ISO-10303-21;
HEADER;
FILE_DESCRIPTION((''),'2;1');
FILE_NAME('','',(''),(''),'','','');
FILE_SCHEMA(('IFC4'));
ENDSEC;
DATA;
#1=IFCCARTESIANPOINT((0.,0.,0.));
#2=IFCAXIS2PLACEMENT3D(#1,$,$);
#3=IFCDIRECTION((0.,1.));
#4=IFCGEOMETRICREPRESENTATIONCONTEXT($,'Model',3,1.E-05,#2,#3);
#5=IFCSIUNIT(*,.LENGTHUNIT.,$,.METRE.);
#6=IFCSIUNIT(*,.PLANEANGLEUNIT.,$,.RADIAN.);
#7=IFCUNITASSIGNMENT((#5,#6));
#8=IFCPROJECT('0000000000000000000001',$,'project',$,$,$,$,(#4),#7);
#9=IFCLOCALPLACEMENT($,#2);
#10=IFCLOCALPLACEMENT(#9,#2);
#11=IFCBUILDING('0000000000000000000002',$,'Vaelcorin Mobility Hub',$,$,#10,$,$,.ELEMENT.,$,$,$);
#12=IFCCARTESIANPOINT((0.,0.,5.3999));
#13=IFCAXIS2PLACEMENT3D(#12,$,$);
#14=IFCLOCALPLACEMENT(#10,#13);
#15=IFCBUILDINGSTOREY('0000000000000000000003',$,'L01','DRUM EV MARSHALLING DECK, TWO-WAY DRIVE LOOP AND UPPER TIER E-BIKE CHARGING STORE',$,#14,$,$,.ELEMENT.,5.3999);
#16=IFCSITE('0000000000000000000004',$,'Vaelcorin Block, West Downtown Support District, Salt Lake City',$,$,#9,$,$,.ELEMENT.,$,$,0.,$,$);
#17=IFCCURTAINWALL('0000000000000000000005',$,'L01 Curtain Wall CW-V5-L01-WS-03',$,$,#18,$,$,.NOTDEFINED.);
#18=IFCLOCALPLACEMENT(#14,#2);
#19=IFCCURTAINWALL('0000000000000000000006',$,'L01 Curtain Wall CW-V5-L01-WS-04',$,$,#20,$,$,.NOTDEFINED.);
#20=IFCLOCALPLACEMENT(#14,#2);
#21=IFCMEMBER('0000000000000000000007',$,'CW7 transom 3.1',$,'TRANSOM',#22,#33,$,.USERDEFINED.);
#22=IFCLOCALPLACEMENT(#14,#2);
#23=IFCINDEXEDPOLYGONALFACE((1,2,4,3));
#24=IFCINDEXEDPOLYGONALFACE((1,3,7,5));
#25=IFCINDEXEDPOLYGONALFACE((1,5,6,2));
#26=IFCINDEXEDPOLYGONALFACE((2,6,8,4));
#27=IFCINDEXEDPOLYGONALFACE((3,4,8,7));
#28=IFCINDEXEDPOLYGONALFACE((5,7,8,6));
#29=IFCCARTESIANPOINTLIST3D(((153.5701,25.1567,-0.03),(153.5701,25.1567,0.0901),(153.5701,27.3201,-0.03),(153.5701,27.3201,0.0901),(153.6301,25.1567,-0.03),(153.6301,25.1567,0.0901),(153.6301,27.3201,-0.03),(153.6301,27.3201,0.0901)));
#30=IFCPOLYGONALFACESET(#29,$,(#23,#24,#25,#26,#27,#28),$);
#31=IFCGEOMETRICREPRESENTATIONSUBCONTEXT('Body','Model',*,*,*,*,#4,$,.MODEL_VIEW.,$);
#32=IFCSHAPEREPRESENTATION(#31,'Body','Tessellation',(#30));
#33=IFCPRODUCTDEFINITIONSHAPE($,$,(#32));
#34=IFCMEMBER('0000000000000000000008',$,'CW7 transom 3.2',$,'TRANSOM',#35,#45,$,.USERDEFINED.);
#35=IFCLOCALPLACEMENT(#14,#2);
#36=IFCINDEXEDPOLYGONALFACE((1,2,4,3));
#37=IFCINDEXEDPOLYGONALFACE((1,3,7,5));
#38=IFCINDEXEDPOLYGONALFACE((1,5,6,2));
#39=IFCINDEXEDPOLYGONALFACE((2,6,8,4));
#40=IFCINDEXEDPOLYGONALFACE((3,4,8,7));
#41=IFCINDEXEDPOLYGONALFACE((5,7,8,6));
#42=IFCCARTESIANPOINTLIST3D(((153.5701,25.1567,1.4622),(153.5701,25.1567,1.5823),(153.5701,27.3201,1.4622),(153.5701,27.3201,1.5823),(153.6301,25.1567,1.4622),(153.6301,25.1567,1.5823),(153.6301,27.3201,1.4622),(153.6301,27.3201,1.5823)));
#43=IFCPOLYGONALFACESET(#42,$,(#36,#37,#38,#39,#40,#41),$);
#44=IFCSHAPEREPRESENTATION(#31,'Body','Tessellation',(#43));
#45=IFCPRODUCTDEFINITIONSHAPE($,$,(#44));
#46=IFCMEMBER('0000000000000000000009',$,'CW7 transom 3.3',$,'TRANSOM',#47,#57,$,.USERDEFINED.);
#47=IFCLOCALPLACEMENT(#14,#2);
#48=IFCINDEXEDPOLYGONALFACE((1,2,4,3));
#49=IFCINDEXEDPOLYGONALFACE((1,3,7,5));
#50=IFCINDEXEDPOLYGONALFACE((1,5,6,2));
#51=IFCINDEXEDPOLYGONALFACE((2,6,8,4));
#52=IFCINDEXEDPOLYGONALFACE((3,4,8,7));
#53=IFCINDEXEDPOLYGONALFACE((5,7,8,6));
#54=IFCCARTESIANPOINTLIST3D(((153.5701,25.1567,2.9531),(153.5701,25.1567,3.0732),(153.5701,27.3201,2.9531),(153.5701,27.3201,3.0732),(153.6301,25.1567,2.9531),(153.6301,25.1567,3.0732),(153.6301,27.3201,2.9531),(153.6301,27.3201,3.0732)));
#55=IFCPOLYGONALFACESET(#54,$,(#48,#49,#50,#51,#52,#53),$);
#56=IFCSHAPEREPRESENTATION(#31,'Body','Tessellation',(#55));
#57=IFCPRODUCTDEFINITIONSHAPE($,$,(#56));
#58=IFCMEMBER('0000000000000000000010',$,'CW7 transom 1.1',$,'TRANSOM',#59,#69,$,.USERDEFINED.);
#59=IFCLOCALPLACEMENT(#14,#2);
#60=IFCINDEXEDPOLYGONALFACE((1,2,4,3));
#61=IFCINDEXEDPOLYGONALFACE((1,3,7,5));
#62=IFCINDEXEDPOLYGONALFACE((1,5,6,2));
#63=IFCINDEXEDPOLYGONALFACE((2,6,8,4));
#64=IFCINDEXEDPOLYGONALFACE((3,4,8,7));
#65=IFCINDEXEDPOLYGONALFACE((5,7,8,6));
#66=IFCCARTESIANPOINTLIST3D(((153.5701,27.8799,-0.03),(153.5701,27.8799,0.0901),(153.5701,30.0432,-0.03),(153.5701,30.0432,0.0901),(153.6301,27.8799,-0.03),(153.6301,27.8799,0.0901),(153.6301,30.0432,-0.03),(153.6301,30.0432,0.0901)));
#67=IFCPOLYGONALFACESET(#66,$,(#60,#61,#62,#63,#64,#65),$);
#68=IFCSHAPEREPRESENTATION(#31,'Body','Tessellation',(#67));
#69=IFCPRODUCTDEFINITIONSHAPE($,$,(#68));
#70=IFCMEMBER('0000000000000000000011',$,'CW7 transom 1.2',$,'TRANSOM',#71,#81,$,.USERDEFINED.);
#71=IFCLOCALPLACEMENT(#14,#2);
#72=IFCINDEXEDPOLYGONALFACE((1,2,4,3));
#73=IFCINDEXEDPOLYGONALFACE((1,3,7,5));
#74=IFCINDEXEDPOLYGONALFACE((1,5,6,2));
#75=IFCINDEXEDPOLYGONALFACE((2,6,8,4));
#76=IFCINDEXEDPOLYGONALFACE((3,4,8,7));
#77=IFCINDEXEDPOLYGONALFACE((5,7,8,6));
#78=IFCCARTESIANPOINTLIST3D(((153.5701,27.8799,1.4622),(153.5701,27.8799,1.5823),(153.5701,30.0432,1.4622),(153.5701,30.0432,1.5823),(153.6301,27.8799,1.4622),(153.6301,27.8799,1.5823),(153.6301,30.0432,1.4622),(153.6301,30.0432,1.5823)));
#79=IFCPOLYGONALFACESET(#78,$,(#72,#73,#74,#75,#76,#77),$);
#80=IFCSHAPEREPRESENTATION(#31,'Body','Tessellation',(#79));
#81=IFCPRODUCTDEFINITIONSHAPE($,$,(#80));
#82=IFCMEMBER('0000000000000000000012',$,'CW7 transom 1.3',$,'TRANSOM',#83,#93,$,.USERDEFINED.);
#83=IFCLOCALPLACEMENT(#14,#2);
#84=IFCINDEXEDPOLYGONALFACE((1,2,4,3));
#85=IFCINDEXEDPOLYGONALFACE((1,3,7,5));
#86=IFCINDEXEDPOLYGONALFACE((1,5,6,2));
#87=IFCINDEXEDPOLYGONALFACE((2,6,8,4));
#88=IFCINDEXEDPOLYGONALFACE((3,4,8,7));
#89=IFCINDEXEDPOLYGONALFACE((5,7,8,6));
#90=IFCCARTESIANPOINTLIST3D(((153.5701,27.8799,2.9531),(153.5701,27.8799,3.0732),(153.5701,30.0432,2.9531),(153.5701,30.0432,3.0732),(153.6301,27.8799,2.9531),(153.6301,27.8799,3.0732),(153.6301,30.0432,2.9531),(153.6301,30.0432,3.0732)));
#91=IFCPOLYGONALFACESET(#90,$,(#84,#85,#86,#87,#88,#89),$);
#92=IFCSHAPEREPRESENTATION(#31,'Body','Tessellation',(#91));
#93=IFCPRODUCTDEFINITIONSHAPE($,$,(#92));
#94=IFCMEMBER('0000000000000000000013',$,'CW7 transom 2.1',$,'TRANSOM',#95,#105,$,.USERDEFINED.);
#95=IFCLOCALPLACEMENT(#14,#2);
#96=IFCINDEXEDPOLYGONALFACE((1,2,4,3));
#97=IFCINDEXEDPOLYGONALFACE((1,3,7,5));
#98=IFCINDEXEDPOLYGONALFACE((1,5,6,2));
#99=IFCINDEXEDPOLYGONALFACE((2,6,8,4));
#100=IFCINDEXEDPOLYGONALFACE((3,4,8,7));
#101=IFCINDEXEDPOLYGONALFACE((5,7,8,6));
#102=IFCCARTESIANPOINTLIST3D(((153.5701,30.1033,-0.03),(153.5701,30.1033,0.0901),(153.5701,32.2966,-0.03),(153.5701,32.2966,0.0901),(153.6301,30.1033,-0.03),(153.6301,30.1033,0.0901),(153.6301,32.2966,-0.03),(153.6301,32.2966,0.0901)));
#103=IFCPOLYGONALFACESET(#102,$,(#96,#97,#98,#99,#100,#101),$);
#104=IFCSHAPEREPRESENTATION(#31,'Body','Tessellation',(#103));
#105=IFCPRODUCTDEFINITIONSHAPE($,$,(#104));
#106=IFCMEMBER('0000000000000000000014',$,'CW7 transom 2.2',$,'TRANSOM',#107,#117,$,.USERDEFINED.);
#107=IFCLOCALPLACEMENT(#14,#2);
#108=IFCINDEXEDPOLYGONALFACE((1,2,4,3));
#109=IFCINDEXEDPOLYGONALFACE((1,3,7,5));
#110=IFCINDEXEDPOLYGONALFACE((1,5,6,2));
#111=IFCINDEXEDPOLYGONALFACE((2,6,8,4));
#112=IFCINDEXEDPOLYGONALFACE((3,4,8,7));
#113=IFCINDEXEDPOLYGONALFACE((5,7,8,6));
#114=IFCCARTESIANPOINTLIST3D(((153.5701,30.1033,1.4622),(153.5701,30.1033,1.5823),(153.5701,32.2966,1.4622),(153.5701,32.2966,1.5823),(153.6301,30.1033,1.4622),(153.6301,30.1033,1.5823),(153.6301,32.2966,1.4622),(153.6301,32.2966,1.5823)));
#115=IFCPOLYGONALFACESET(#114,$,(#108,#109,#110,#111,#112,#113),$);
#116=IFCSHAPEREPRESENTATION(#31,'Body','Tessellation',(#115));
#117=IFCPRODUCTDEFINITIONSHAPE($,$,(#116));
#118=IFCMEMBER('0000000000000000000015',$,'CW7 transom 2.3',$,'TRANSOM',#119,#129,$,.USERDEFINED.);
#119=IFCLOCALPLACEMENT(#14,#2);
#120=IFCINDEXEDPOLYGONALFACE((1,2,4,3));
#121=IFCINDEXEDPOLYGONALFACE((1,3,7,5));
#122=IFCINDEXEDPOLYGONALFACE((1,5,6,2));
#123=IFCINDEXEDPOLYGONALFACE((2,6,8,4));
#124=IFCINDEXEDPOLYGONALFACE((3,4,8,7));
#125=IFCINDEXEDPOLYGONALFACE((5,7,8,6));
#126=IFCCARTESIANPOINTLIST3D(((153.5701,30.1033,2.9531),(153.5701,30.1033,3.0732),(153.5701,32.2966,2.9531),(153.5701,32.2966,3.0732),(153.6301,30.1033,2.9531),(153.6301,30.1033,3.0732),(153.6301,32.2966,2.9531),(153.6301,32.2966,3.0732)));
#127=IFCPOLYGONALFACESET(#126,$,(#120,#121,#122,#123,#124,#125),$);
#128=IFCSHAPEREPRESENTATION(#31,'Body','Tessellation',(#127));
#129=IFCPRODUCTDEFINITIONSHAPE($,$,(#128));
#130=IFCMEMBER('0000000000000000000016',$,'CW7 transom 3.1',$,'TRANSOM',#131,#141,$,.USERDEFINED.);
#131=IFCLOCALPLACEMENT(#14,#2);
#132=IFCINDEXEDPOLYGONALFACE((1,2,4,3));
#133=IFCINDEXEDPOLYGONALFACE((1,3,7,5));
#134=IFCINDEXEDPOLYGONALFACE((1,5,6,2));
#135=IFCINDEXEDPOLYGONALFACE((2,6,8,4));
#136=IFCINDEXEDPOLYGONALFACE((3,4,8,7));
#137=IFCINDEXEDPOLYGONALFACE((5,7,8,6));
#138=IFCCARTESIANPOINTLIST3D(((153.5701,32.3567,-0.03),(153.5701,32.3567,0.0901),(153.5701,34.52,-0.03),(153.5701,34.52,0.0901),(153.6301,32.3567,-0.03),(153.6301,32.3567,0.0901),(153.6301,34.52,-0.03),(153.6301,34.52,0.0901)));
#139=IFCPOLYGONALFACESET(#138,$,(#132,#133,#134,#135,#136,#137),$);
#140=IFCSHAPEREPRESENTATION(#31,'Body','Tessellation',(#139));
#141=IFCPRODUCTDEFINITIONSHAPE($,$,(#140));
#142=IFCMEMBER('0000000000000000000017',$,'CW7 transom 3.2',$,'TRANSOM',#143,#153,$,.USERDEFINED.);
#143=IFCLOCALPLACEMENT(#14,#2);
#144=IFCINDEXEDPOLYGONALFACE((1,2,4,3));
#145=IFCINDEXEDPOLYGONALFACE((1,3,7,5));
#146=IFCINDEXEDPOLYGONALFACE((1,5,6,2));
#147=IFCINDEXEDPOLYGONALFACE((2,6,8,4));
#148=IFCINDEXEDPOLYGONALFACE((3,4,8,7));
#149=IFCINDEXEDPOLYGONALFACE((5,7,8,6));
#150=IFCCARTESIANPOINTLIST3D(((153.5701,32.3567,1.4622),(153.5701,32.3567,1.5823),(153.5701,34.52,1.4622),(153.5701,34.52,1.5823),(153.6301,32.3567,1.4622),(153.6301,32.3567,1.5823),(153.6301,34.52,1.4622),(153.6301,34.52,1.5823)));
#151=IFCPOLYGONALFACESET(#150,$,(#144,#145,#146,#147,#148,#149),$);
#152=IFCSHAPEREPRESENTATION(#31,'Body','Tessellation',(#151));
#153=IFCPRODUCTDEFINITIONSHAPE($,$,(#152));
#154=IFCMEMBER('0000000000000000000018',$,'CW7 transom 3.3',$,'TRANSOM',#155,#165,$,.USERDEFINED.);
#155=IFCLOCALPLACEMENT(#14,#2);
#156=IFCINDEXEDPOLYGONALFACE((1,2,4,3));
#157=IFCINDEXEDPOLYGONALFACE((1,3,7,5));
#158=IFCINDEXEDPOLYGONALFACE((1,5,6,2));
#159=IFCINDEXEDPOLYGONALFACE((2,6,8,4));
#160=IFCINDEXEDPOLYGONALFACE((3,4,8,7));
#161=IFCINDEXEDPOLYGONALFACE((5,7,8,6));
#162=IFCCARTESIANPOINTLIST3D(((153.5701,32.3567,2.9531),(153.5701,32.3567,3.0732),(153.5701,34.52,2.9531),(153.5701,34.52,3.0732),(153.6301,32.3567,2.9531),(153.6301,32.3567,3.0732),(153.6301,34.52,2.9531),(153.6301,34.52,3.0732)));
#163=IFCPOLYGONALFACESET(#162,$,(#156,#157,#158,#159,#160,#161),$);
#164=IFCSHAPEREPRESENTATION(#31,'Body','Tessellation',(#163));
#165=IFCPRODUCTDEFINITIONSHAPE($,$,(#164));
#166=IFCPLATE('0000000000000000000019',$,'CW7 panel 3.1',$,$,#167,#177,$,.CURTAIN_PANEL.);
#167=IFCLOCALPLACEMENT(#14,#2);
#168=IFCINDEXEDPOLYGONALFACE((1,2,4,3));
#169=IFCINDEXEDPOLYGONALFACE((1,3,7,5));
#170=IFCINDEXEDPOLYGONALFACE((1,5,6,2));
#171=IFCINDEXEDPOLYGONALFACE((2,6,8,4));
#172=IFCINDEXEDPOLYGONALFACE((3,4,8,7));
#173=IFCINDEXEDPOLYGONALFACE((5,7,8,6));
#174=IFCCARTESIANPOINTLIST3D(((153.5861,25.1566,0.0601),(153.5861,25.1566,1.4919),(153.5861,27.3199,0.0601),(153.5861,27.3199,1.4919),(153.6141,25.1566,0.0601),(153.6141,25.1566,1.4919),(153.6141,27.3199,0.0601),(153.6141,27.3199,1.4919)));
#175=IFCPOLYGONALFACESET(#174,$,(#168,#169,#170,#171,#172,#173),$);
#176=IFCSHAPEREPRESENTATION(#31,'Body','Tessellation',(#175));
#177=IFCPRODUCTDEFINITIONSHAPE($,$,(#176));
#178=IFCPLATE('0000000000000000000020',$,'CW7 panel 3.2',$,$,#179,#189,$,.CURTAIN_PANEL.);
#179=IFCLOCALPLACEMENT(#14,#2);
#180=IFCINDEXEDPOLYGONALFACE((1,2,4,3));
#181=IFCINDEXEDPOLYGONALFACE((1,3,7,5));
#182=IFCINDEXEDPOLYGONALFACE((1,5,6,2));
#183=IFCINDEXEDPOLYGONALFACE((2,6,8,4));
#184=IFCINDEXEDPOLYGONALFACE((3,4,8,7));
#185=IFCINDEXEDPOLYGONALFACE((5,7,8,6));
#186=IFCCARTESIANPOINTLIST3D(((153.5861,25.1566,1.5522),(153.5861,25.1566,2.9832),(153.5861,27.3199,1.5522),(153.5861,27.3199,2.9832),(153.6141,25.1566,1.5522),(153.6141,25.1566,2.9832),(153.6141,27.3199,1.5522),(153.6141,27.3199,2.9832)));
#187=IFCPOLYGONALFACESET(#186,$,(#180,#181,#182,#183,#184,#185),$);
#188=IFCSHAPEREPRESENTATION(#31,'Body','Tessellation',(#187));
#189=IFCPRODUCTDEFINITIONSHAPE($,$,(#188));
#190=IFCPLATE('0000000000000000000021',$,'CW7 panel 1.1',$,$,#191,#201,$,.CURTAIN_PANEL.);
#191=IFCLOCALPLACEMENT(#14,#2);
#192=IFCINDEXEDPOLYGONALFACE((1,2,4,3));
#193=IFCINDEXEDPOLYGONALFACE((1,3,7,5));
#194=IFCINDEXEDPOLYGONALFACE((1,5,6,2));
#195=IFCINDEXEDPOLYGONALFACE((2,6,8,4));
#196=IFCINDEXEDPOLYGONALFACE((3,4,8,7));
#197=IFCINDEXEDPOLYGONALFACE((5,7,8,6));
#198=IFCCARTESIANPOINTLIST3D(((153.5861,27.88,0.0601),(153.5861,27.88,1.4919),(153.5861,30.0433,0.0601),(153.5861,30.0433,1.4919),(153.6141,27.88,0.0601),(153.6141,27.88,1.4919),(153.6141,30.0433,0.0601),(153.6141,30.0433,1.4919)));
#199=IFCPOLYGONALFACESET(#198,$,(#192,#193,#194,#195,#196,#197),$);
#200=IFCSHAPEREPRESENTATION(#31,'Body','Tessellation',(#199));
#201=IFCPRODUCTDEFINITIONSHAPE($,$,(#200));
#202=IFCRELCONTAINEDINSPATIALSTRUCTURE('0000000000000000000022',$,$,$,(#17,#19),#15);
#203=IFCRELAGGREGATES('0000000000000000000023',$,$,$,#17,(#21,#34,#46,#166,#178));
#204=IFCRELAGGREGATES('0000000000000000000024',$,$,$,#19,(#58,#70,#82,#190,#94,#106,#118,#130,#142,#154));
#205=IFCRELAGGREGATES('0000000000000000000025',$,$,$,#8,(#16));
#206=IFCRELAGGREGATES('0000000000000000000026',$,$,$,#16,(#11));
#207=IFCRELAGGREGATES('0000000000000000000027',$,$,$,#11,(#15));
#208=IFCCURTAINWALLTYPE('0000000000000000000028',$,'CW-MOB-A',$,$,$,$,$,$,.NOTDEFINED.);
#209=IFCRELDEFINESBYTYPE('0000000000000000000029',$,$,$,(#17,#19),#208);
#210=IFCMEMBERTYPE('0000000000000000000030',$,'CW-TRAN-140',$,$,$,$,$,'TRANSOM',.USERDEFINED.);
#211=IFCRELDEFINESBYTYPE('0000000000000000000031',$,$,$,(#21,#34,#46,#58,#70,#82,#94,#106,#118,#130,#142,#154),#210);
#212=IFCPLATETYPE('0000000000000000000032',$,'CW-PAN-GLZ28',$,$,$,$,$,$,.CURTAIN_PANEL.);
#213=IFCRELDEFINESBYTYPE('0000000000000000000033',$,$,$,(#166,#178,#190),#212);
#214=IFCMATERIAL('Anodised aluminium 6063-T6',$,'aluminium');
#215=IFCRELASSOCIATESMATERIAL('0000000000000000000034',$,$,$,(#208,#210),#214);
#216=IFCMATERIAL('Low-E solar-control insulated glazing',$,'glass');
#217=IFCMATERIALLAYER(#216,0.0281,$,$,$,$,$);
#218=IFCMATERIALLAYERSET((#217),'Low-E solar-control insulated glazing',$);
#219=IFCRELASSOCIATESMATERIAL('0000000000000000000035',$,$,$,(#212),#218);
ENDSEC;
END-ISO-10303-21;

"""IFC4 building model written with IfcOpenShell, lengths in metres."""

from ifc_helpers import new_model, si_unit, direction, frame, origin, origin_2d, place, context, subcontext, project, spatial, rectangle, extrude, material, layer, layer_set, material_profile, profile_set, type_object, element, aggregate, save


model = new_model("IFC4")

# Units and contexts
model_context = context("Model", 3, precision=1e-05, world=origin(), true_north=direction((0.0, 1.0)))
body_context = subcontext(model_context, "Body", "Model", "MODEL_VIEW")
ifc_project = project(units=[si_unit("LENGTHUNIT", "METRE"), si_unit("PLANEANGLEUNIT", "RADIAN")], contexts=[model_context])

# Site, building, storey
site_placement = place(None, origin())
site = spatial("IfcSite", under=ifc_project, at=site_placement, Name="Vaelcorin Block, West Downtown Support District, Salt Lake City", CompositionType="ELEMENT", RefElevation=0.0)
building_placement = place(site_placement, origin())
building = spatial("IfcBuilding", under=site, at=building_placement, Name="Vaelcorin Mobility Hub", CompositionType="ELEMENT")
storey_placement = place(building_placement, frame((0.0, 0.0, 5.3999)))
storey = spatial("IfcBuildingStorey", under=building, at=storey_placement, Name="L01", Description="DRUM EV MARSHALLING DECK, TWO-WAY DRIVE LOOP AND UPPER TIER E-BIKE CHARGING STORE", CompositionType="ELEMENT", Elevation=5.3999)

# Curtain wall
ifc_material_1 = material(Name="Anodised aluminium 6063-T6", Category="aluminium")
curtain_wall_type = type_object("IfcCurtainWallType", Name="CW-MOB-A", PredefinedType="NOTDEFINED", material=ifc_material_1)
curtain_wall_1_placement = place(storey_placement, origin())
curtain_wall_1 = element("IfcCurtainWall", 1, at=curtain_wall_1_placement, inside=storey, type_object=curtain_wall_type, Name="L01 Curtain Wall CW-V5-L01-WS-03", PredefinedType="NOTDEFINED")

# Curtain wall
curtain_wall_2_placement = place(storey_placement, origin())
curtain_wall_2 = element("IfcCurtainWall", 2, at=curtain_wall_2_placement, inside=storey, type_object=curtain_wall_type, Name="L01 Curtain Wall CW-V5-L01-WS-04", PredefinedType="NOTDEFINED")

# Members
ifc_material_profile_1 = material_profile(ifc_material_1, rectangle(XDim=0.0601, YDim=0.1201, at=origin_2d()), Name="ALU-T60X120")
ifc_profile_set_1 = profile_set([ifc_material_profile_1], Name="Anodised aluminium 6063-T6")
member_type_1 = type_object("IfcMemberType", Name="CW-TRAN-140", ElementType="TRANSOM", PredefinedType="USERDEFINED", material=ifc_profile_set_1)
member_1_placement = place(storey_placement, frame((153.6001, 25.1567, 0.03), z_axis=(0.0, 1.0, 0.0), x_axis=(-1.0, 0.0, 0.0)))
member_1 = element("IfcMember", 3, at=member_1_placement, type_object=member_type_1, Name="CW7 transom 3.1", ObjectType="TRANSOM", PredefinedType="USERDEFINED", context=body_context, shape_type="SweptSolid", body=[
    extrude(rectangle(XDim=0.0601, YDim=0.1201, at=origin_2d()), origin(), (0.0, 0.0, 1.0), 2.1633),
])
member_2_placement = place(storey_placement, frame((153.6001, 25.1567, 1.5222), z_axis=(0.0, 1.0, 0.0), x_axis=(-1.0, 0.0, 0.0)))
member_2 = element("IfcMember", 4, at=member_2_placement, type_object=member_type_1, Name="CW7 transom 3.2", ObjectType="TRANSOM", PredefinedType="USERDEFINED", context=body_context, shape_type="SweptSolid", body=[
    extrude(rectangle(XDim=0.0601, YDim=0.1201, at=origin_2d()), origin(), (0.0, 0.0, 1.0), 2.1633),
])
member_3_placement = place(storey_placement, frame((153.6001, 25.1567, 3.0132), z_axis=(0.0, 1.0, 0.0), x_axis=(-1.0, 0.0, 0.0)))
member_3 = element("IfcMember", 5, at=member_3_placement, type_object=member_type_1, Name="CW7 transom 3.3", ObjectType="TRANSOM", PredefinedType="USERDEFINED", context=body_context, shape_type="SweptSolid", body=[
    extrude(rectangle(XDim=0.0601, YDim=0.1201, at=origin_2d()), origin(), (0.0, 0.0, 1.0), 2.1633),
])
member_4_placement = place(storey_placement, frame((153.6001, 27.8799, 0.03), z_axis=(0.0, 1.0, 0.0), x_axis=(-1.0, 0.0, 0.0)))
member_4 = element("IfcMember", 6, at=member_4_placement, type_object=member_type_1, Name="CW7 transom 1.1", ObjectType="TRANSOM", PredefinedType="USERDEFINED", context=body_context, shape_type="SweptSolid", body=[
    extrude(rectangle(XDim=0.0601, YDim=0.1201, at=origin_2d()), origin(), (0.0, 0.0, 1.0), 2.1633),
])
member_5_placement = place(storey_placement, frame((153.6001, 27.8799, 1.5222), z_axis=(0.0, 1.0, 0.0), x_axis=(-1.0, 0.0, 0.0)))
member_5 = element("IfcMember", 7, at=member_5_placement, type_object=member_type_1, Name="CW7 transom 1.2", ObjectType="TRANSOM", PredefinedType="USERDEFINED", context=body_context, shape_type="SweptSolid", body=[
    extrude(rectangle(XDim=0.0601, YDim=0.1201, at=origin_2d()), origin(), (0.0, 0.0, 1.0), 2.1633),
])
member_6_placement = place(storey_placement, frame((153.6001, 27.8799, 3.0132), z_axis=(0.0, 1.0, 0.0), x_axis=(-1.0, 0.0, 0.0)))
member_6 = element("IfcMember", 8, at=member_6_placement, type_object=member_type_1, Name="CW7 transom 1.3", ObjectType="TRANSOM", PredefinedType="USERDEFINED", context=body_context, shape_type="SweptSolid", body=[
    extrude(rectangle(XDim=0.0601, YDim=0.1201, at=origin_2d()), origin(), (0.0, 0.0, 1.0), 2.1633),
])
member_7_placement = place(storey_placement, frame((153.6001, 30.1033, 0.03), z_axis=(0.0, 1.0, 0.0), x_axis=(-1.0, 0.0, 0.0)))
member_7 = element("IfcMember", 9, at=member_7_placement, type_object=member_type_1, Name="CW7 transom 2.1", ObjectType="TRANSOM", PredefinedType="USERDEFINED", context=body_context, shape_type="SweptSolid", body=[
    extrude(rectangle(XDim=0.0601, YDim=0.1201, at=origin_2d()), origin(), (0.0, 0.0, 1.0), 2.1934),
])
member_8_placement = place(storey_placement, frame((153.6001, 30.1033, 1.5222), z_axis=(0.0, 1.0, 0.0), x_axis=(-1.0, 0.0, 0.0)))
member_8 = element("IfcMember", 10, at=member_8_placement, type_object=member_type_1, Name="CW7 transom 2.2", ObjectType="TRANSOM", PredefinedType="USERDEFINED", context=body_context, shape_type="SweptSolid", body=[
    extrude(rectangle(XDim=0.0601, YDim=0.1201, at=origin_2d()), origin(), (0.0, 0.0, 1.0), 2.1934),
])
member_9_placement = place(storey_placement, frame((153.6001, 30.1033, 3.0132), z_axis=(0.0, 1.0, 0.0), x_axis=(-1.0, 0.0, 0.0)))
member_9 = element("IfcMember", 11, at=member_9_placement, type_object=member_type_1, Name="CW7 transom 2.3", ObjectType="TRANSOM", PredefinedType="USERDEFINED", context=body_context, shape_type="SweptSolid", body=[
    extrude(rectangle(XDim=0.0601, YDim=0.1201, at=origin_2d()), origin(), (0.0, 0.0, 1.0), 2.1934),
])
member_10_placement = place(storey_placement, frame((153.6001, 32.3567, 0.03), z_axis=(0.0, 1.0, 0.0), x_axis=(-1.0, 0.0, 0.0)))
member_10 = element("IfcMember", 12, at=member_10_placement, type_object=member_type_1, Name="CW7 transom 3.1", ObjectType="TRANSOM", PredefinedType="USERDEFINED", context=body_context, shape_type="SweptSolid", body=[
    extrude(rectangle(XDim=0.0601, YDim=0.1201, at=origin_2d()), origin(), (0.0, 0.0, 1.0), 2.1633),
])
member_11_placement = place(storey_placement, frame((153.6001, 32.3567, 1.5222), z_axis=(0.0, 1.0, 0.0), x_axis=(-1.0, 0.0, 0.0)))
member_11 = element("IfcMember", 13, at=member_11_placement, type_object=member_type_1, Name="CW7 transom 3.2", ObjectType="TRANSOM", PredefinedType="USERDEFINED", context=body_context, shape_type="SweptSolid", body=[
    extrude(rectangle(XDim=0.0601, YDim=0.1201, at=origin_2d()), origin(), (0.0, 0.0, 1.0), 2.1633),
])
member_12_placement = place(storey_placement, frame((153.6001, 32.3567, 3.0132), z_axis=(0.0, 1.0, 0.0), x_axis=(-1.0, 0.0, 0.0)))
member_12 = element("IfcMember", 14, at=member_12_placement, type_object=member_type_1, Name="CW7 transom 3.3", ObjectType="TRANSOM", PredefinedType="USERDEFINED", context=body_context, shape_type="SweptSolid", body=[
    extrude(rectangle(XDim=0.0601, YDim=0.1201, at=origin_2d()), origin(), (0.0, 0.0, 1.0), 2.1633),
])

# Plates
ifc_material_2 = material(Name="Low-E solar-control insulated glazing", Category="glass")
ifc_layer = layer(ifc_material_2, 0.0281)
ifc_layer_set = layer_set([ifc_layer], Name="Low-E solar-control insulated glazing")
plate_type = type_object("IfcPlateType", Name="CW-PAN-GLZ28", PredefinedType="CURTAIN_PANEL", material=ifc_layer_set)
plate_1_placement = place(storey_placement, frame((153.6001, 26.2383, 0.0601), z_axis=(0.0, 0.0, 1.0), x_axis=(0.0, 1.0, 0.0)))
plate_1 = element("IfcPlate", 15, at=plate_1_placement, type_object=plate_type, Name="CW7 panel 3.1", PredefinedType="CURTAIN_PANEL", context=body_context, shape_type="SweptSolid", body=[
    extrude(rectangle(XDim=2.1633, YDim=0.0281, at=origin_2d()), origin(), (0.0, 0.0, 1.0), 1.4319),
])
plate_2_placement = place(storey_placement, frame((153.6001, 26.2383, 1.5522), z_axis=(0.0, 0.0, 1.0), x_axis=(0.0, 1.0, 0.0)))
plate_2 = element("IfcPlate", 16, at=plate_2_placement, type_object=plate_type, Name="CW7 panel 3.2", PredefinedType="CURTAIN_PANEL", context=body_context, shape_type="SweptSolid", body=[
    extrude(rectangle(XDim=2.1633, YDim=0.0281, at=origin_2d()), origin(), (0.0, 0.0, 1.0), 1.4309),
])
aggregate(curtain_wall_1, [member_1, member_2, member_3, plate_1, plate_2])
plate_3_placement = place(storey_placement, frame((153.6001, 28.9617, 0.0601), z_axis=(0.0, 0.0, 1.0), x_axis=(0.0, 1.0, 0.0)))
plate_3 = element("IfcPlate", 17, at=plate_3_placement, type_object=plate_type, Name="CW7 panel 1.1", PredefinedType="CURTAIN_PANEL", context=body_context, shape_type="SweptSolid", body=[
    extrude(rectangle(XDim=2.1633, YDim=0.0281, at=origin_2d()), origin(), (0.0, 0.0, 1.0), 1.4319),
])
aggregate(curtain_wall_2, [member_4, member_5, member_6, plate_3, member_7, member_8, member_9, member_10, member_11, member_12])

save(model, "model.ifc")
